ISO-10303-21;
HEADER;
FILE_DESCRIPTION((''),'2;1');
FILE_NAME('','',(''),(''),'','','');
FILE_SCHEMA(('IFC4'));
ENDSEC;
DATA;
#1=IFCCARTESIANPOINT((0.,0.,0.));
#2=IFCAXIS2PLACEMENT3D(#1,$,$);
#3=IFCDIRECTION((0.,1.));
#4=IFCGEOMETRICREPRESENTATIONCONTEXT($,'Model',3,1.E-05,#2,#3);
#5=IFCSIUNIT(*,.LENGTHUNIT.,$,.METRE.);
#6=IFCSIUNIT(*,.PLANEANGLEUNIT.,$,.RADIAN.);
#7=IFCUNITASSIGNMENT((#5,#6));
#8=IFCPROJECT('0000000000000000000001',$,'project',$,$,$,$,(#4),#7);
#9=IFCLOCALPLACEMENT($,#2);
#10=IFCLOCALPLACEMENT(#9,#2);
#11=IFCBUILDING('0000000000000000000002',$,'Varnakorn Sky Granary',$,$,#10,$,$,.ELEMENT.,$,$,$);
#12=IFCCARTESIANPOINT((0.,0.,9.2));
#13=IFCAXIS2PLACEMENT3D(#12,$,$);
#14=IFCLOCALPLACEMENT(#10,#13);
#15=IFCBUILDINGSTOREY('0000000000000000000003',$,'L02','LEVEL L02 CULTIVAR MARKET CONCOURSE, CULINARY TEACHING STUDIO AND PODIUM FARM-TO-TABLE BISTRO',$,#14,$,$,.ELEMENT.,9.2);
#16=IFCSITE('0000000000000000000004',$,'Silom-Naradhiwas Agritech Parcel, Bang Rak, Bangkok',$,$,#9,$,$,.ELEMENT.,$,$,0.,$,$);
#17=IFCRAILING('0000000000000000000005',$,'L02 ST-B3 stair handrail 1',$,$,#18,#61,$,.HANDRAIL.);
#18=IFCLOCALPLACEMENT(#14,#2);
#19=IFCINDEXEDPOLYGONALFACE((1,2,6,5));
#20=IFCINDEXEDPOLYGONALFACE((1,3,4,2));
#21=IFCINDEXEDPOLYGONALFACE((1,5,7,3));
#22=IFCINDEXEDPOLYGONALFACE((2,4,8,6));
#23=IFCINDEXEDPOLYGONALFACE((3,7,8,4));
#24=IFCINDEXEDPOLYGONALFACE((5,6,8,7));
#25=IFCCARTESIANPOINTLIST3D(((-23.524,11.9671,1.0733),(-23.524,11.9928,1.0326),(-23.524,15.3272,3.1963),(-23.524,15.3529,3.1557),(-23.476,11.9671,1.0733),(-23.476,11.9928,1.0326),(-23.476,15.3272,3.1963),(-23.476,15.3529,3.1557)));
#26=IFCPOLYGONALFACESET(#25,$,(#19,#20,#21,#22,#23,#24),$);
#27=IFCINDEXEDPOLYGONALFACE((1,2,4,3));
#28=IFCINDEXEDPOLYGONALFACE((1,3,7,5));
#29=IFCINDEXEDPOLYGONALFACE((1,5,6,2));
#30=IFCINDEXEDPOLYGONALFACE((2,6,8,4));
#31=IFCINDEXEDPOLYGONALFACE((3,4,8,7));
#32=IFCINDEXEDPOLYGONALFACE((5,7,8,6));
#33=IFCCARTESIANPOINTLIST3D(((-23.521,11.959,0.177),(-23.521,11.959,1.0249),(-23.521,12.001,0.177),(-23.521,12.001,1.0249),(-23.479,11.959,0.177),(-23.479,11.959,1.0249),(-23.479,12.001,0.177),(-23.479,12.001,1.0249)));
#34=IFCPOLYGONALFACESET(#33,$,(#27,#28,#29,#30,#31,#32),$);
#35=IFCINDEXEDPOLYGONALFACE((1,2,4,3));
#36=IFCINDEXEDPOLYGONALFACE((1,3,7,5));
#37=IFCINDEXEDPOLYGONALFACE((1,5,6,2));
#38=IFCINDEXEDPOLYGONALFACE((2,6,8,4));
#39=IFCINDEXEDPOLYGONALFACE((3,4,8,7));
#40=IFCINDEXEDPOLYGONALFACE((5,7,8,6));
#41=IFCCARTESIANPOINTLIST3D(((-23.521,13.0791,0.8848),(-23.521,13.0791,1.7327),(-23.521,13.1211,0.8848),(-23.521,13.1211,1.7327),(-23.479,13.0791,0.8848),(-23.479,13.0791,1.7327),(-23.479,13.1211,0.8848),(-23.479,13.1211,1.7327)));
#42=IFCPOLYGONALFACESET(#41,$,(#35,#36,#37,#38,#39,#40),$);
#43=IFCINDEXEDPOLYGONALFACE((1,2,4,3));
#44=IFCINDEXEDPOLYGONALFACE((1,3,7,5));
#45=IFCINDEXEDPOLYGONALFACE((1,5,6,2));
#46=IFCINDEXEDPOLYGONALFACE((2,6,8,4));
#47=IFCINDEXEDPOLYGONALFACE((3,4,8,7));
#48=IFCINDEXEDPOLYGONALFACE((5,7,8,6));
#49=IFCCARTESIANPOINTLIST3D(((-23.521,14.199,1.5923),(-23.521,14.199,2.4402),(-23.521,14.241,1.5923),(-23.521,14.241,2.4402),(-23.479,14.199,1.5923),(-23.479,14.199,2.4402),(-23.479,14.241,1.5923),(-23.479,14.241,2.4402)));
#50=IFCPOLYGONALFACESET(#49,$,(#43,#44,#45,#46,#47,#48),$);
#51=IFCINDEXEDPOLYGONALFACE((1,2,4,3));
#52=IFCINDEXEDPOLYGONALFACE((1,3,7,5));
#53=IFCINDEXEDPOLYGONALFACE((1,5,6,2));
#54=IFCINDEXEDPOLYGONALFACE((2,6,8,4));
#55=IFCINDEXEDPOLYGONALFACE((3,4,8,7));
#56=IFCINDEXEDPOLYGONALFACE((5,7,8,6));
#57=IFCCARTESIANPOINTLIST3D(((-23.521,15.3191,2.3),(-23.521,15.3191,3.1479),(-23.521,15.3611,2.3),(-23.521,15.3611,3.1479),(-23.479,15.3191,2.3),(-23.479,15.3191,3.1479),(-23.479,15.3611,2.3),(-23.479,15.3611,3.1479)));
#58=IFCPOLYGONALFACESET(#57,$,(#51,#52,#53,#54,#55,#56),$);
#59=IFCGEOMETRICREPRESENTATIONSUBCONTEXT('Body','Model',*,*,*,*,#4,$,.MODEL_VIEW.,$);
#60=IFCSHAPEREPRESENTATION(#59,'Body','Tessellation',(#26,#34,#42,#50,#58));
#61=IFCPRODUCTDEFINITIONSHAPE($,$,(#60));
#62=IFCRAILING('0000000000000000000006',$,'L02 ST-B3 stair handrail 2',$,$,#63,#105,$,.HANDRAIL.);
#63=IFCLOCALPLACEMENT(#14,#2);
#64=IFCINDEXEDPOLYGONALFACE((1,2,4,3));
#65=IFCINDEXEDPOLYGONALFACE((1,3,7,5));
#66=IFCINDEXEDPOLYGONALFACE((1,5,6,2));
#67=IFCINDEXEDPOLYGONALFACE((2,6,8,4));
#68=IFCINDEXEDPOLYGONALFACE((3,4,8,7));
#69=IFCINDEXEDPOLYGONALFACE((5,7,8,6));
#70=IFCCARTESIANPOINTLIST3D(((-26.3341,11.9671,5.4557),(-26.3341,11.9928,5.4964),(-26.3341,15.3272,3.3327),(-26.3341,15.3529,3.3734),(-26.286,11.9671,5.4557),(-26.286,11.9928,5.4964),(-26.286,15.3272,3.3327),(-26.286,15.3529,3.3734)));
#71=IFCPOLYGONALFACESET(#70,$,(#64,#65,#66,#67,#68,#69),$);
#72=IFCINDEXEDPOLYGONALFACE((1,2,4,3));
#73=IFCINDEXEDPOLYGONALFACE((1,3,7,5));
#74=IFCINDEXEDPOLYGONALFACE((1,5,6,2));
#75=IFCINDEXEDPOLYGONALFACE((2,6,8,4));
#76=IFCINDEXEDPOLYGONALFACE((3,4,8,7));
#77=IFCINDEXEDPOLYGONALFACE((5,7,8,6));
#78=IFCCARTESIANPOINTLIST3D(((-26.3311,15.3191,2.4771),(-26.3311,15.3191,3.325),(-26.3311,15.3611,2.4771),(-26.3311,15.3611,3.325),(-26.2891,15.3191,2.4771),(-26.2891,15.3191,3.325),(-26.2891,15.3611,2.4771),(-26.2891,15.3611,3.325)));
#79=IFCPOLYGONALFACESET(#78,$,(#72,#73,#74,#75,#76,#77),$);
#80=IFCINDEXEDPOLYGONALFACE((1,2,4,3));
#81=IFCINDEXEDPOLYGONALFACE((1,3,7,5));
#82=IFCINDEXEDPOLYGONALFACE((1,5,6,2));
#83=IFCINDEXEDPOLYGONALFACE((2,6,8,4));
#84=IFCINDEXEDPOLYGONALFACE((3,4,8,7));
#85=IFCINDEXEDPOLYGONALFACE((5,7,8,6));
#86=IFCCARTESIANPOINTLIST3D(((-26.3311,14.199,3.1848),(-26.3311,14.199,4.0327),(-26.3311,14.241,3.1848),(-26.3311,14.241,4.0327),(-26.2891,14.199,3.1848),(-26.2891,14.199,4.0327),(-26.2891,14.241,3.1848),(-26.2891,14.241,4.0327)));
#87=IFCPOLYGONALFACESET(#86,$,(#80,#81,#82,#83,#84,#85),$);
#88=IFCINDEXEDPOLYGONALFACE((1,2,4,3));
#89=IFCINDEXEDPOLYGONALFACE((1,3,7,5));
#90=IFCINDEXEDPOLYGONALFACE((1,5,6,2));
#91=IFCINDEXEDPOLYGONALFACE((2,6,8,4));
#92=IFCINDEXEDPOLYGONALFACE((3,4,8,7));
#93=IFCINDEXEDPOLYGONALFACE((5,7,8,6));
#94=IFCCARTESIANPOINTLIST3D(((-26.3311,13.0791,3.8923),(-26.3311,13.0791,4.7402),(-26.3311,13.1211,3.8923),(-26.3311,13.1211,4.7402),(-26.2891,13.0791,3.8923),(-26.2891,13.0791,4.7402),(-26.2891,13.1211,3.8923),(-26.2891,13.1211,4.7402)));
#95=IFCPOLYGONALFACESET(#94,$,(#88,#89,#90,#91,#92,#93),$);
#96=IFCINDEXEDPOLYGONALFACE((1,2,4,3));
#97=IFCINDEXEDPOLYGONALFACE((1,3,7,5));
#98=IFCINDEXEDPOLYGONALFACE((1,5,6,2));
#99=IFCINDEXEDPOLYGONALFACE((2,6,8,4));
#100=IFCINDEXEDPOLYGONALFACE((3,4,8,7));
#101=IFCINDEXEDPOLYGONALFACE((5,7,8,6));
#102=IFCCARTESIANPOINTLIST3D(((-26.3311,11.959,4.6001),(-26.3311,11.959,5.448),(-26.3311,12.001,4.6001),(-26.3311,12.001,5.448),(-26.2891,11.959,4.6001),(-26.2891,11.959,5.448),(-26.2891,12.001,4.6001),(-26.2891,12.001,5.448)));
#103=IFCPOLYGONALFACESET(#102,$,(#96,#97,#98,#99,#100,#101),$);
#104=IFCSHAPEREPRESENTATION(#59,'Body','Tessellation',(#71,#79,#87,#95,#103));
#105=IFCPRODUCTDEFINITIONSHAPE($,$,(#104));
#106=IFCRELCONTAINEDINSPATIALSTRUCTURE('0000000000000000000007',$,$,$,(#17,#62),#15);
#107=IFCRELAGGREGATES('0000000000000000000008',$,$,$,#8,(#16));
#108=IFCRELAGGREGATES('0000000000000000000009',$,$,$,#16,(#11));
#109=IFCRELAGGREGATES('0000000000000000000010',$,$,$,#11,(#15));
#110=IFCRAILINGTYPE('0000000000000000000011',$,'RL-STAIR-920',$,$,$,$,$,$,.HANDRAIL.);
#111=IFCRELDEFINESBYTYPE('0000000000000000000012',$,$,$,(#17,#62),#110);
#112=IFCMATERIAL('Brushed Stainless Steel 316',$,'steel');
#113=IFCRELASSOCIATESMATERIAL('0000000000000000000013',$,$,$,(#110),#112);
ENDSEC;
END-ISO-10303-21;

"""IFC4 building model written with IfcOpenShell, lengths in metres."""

from ifc_helpers import new_model, si_unit, direction, frame, origin, origin_2d, place, context, subcontext, project, spatial, rectangle, extrude, material, type_object, element, save


model = new_model("IFC4")

# Units and contexts
model_context = context("Model", 3, precision=1e-05, world=origin(), true_north=direction((0.0, 1.0)))
body_context = subcontext(model_context, "Body", "Model", "MODEL_VIEW")
ifc_project = project(units=[si_unit("LENGTHUNIT", "METRE"), si_unit("PLANEANGLEUNIT", "RADIAN")], contexts=[model_context])

# Site, building, storey
site_placement = place(None, origin())
site = spatial("IfcSite", under=ifc_project, at=site_placement, Name="Silom-Naradhiwas Agritech Parcel, Bang Rak, Bangkok", CompositionType="ELEMENT", RefElevation=0.0)
building_placement = place(site_placement, origin())
building = spatial("IfcBuilding", under=site, at=building_placement, Name="Varnakorn Sky Granary", CompositionType="ELEMENT")
storey_placement = place(building_placement, frame((0.0, 0.0, 9.2)))
storey = spatial("IfcBuildingStorey", under=building, at=storey_placement, Name="L02", Description="LEVEL L02 CULTIVAR MARKET CONCOURSE, CULINARY TEACHING STUDIO AND PODIUM FARM-TO-TABLE BISTRO", CompositionType="ELEMENT", Elevation=9.2)

# Railings
ifc_material_1 = material(Name="Brushed Stainless Steel 316", Category="steel")
railing_type_1 = type_object("IfcRailingType", Name="RL-STAIR-920", PredefinedType="HANDRAIL", material=ifc_material_1)
railing_1_placement = place(storey_placement, frame((-23.5, 11.98, 0.177)))
element("IfcRailing", 1, at=railing_1_placement, inside=storey, type_object=railing_type_1, Name="L02 ST-B3 stair handrail 1", PredefinedType="HANDRAIL", context=body_context, shape_type="SweptSolid", body=[
    extrude(rectangle(XDim=0.0481, YDim=0.0481, at=origin_2d()), frame((0.0, 0.0, 0.876), z_axis=(0.0, 0.84539, 0.53415), x_axis=(-1.0, 0.0, 0.0)), (0.0, 0.0, 1.0), 3.9746),
    extrude(rectangle(XDim=0.042, YDim=0.042, at=origin_2d()), origin(), (0.0, 0.0, 1.0), 0.8479),
    extrude(rectangle(XDim=0.042, YDim=0.042, at=origin_2d()), frame((0.0, 1.1201, 0.7078)), (0.0, 0.0, 1.0), 0.8479),
    extrude(rectangle(XDim=0.042, YDim=0.042, at=origin_2d()), frame((0.0, 2.24, 1.4153)), (0.0, 0.0, 1.0), 0.8479),
    extrude(rectangle(XDim=0.042, YDim=0.042, at=origin_2d()), frame((0.0, 3.3601, 2.123)), (0.0, 0.0, 1.0), 0.8479),
])
railing_2_placement = place(storey_placement, frame((-26.3101, 15.3401, 2.4771)))
element("IfcRailing", 2, at=railing_2_placement, inside=storey, type_object=railing_type_1, Name="L02 ST-B3 stair handrail 2", PredefinedType="HANDRAIL", context=body_context, shape_type="SweptSolid", body=[
    extrude(rectangle(XDim=0.0481, YDim=0.0481, at=origin_2d()), frame((0.0, 0.0, 0.876), z_axis=(0.0, -0.84539, 0.53415), x_axis=(1.0, 0.0, 0.0)), (0.0, 0.0, 1.0), 3.9746),
    extrude(rectangle(XDim=0.042, YDim=0.042, at=origin_2d()), origin(), (0.0, 0.0, 1.0), 0.8479),
    extrude(rectangle(XDim=0.042, YDim=0.042, at=origin_2d()), frame((0.0, -1.1201, 0.7078)), (0.0, 0.0, 1.0), 0.8479),
    extrude(rectangle(XDim=0.042, YDim=0.042, at=origin_2d()), frame((0.0, -2.24, 1.4153)), (0.0, 0.0, 1.0), 0.8479),
    extrude(rectangle(XDim=0.042, YDim=0.042, at=origin_2d()), frame((0.0, -3.3601, 2.123)), (0.0, 0.0, 1.0), 0.8479),
])

save(model, "model.ifc")
